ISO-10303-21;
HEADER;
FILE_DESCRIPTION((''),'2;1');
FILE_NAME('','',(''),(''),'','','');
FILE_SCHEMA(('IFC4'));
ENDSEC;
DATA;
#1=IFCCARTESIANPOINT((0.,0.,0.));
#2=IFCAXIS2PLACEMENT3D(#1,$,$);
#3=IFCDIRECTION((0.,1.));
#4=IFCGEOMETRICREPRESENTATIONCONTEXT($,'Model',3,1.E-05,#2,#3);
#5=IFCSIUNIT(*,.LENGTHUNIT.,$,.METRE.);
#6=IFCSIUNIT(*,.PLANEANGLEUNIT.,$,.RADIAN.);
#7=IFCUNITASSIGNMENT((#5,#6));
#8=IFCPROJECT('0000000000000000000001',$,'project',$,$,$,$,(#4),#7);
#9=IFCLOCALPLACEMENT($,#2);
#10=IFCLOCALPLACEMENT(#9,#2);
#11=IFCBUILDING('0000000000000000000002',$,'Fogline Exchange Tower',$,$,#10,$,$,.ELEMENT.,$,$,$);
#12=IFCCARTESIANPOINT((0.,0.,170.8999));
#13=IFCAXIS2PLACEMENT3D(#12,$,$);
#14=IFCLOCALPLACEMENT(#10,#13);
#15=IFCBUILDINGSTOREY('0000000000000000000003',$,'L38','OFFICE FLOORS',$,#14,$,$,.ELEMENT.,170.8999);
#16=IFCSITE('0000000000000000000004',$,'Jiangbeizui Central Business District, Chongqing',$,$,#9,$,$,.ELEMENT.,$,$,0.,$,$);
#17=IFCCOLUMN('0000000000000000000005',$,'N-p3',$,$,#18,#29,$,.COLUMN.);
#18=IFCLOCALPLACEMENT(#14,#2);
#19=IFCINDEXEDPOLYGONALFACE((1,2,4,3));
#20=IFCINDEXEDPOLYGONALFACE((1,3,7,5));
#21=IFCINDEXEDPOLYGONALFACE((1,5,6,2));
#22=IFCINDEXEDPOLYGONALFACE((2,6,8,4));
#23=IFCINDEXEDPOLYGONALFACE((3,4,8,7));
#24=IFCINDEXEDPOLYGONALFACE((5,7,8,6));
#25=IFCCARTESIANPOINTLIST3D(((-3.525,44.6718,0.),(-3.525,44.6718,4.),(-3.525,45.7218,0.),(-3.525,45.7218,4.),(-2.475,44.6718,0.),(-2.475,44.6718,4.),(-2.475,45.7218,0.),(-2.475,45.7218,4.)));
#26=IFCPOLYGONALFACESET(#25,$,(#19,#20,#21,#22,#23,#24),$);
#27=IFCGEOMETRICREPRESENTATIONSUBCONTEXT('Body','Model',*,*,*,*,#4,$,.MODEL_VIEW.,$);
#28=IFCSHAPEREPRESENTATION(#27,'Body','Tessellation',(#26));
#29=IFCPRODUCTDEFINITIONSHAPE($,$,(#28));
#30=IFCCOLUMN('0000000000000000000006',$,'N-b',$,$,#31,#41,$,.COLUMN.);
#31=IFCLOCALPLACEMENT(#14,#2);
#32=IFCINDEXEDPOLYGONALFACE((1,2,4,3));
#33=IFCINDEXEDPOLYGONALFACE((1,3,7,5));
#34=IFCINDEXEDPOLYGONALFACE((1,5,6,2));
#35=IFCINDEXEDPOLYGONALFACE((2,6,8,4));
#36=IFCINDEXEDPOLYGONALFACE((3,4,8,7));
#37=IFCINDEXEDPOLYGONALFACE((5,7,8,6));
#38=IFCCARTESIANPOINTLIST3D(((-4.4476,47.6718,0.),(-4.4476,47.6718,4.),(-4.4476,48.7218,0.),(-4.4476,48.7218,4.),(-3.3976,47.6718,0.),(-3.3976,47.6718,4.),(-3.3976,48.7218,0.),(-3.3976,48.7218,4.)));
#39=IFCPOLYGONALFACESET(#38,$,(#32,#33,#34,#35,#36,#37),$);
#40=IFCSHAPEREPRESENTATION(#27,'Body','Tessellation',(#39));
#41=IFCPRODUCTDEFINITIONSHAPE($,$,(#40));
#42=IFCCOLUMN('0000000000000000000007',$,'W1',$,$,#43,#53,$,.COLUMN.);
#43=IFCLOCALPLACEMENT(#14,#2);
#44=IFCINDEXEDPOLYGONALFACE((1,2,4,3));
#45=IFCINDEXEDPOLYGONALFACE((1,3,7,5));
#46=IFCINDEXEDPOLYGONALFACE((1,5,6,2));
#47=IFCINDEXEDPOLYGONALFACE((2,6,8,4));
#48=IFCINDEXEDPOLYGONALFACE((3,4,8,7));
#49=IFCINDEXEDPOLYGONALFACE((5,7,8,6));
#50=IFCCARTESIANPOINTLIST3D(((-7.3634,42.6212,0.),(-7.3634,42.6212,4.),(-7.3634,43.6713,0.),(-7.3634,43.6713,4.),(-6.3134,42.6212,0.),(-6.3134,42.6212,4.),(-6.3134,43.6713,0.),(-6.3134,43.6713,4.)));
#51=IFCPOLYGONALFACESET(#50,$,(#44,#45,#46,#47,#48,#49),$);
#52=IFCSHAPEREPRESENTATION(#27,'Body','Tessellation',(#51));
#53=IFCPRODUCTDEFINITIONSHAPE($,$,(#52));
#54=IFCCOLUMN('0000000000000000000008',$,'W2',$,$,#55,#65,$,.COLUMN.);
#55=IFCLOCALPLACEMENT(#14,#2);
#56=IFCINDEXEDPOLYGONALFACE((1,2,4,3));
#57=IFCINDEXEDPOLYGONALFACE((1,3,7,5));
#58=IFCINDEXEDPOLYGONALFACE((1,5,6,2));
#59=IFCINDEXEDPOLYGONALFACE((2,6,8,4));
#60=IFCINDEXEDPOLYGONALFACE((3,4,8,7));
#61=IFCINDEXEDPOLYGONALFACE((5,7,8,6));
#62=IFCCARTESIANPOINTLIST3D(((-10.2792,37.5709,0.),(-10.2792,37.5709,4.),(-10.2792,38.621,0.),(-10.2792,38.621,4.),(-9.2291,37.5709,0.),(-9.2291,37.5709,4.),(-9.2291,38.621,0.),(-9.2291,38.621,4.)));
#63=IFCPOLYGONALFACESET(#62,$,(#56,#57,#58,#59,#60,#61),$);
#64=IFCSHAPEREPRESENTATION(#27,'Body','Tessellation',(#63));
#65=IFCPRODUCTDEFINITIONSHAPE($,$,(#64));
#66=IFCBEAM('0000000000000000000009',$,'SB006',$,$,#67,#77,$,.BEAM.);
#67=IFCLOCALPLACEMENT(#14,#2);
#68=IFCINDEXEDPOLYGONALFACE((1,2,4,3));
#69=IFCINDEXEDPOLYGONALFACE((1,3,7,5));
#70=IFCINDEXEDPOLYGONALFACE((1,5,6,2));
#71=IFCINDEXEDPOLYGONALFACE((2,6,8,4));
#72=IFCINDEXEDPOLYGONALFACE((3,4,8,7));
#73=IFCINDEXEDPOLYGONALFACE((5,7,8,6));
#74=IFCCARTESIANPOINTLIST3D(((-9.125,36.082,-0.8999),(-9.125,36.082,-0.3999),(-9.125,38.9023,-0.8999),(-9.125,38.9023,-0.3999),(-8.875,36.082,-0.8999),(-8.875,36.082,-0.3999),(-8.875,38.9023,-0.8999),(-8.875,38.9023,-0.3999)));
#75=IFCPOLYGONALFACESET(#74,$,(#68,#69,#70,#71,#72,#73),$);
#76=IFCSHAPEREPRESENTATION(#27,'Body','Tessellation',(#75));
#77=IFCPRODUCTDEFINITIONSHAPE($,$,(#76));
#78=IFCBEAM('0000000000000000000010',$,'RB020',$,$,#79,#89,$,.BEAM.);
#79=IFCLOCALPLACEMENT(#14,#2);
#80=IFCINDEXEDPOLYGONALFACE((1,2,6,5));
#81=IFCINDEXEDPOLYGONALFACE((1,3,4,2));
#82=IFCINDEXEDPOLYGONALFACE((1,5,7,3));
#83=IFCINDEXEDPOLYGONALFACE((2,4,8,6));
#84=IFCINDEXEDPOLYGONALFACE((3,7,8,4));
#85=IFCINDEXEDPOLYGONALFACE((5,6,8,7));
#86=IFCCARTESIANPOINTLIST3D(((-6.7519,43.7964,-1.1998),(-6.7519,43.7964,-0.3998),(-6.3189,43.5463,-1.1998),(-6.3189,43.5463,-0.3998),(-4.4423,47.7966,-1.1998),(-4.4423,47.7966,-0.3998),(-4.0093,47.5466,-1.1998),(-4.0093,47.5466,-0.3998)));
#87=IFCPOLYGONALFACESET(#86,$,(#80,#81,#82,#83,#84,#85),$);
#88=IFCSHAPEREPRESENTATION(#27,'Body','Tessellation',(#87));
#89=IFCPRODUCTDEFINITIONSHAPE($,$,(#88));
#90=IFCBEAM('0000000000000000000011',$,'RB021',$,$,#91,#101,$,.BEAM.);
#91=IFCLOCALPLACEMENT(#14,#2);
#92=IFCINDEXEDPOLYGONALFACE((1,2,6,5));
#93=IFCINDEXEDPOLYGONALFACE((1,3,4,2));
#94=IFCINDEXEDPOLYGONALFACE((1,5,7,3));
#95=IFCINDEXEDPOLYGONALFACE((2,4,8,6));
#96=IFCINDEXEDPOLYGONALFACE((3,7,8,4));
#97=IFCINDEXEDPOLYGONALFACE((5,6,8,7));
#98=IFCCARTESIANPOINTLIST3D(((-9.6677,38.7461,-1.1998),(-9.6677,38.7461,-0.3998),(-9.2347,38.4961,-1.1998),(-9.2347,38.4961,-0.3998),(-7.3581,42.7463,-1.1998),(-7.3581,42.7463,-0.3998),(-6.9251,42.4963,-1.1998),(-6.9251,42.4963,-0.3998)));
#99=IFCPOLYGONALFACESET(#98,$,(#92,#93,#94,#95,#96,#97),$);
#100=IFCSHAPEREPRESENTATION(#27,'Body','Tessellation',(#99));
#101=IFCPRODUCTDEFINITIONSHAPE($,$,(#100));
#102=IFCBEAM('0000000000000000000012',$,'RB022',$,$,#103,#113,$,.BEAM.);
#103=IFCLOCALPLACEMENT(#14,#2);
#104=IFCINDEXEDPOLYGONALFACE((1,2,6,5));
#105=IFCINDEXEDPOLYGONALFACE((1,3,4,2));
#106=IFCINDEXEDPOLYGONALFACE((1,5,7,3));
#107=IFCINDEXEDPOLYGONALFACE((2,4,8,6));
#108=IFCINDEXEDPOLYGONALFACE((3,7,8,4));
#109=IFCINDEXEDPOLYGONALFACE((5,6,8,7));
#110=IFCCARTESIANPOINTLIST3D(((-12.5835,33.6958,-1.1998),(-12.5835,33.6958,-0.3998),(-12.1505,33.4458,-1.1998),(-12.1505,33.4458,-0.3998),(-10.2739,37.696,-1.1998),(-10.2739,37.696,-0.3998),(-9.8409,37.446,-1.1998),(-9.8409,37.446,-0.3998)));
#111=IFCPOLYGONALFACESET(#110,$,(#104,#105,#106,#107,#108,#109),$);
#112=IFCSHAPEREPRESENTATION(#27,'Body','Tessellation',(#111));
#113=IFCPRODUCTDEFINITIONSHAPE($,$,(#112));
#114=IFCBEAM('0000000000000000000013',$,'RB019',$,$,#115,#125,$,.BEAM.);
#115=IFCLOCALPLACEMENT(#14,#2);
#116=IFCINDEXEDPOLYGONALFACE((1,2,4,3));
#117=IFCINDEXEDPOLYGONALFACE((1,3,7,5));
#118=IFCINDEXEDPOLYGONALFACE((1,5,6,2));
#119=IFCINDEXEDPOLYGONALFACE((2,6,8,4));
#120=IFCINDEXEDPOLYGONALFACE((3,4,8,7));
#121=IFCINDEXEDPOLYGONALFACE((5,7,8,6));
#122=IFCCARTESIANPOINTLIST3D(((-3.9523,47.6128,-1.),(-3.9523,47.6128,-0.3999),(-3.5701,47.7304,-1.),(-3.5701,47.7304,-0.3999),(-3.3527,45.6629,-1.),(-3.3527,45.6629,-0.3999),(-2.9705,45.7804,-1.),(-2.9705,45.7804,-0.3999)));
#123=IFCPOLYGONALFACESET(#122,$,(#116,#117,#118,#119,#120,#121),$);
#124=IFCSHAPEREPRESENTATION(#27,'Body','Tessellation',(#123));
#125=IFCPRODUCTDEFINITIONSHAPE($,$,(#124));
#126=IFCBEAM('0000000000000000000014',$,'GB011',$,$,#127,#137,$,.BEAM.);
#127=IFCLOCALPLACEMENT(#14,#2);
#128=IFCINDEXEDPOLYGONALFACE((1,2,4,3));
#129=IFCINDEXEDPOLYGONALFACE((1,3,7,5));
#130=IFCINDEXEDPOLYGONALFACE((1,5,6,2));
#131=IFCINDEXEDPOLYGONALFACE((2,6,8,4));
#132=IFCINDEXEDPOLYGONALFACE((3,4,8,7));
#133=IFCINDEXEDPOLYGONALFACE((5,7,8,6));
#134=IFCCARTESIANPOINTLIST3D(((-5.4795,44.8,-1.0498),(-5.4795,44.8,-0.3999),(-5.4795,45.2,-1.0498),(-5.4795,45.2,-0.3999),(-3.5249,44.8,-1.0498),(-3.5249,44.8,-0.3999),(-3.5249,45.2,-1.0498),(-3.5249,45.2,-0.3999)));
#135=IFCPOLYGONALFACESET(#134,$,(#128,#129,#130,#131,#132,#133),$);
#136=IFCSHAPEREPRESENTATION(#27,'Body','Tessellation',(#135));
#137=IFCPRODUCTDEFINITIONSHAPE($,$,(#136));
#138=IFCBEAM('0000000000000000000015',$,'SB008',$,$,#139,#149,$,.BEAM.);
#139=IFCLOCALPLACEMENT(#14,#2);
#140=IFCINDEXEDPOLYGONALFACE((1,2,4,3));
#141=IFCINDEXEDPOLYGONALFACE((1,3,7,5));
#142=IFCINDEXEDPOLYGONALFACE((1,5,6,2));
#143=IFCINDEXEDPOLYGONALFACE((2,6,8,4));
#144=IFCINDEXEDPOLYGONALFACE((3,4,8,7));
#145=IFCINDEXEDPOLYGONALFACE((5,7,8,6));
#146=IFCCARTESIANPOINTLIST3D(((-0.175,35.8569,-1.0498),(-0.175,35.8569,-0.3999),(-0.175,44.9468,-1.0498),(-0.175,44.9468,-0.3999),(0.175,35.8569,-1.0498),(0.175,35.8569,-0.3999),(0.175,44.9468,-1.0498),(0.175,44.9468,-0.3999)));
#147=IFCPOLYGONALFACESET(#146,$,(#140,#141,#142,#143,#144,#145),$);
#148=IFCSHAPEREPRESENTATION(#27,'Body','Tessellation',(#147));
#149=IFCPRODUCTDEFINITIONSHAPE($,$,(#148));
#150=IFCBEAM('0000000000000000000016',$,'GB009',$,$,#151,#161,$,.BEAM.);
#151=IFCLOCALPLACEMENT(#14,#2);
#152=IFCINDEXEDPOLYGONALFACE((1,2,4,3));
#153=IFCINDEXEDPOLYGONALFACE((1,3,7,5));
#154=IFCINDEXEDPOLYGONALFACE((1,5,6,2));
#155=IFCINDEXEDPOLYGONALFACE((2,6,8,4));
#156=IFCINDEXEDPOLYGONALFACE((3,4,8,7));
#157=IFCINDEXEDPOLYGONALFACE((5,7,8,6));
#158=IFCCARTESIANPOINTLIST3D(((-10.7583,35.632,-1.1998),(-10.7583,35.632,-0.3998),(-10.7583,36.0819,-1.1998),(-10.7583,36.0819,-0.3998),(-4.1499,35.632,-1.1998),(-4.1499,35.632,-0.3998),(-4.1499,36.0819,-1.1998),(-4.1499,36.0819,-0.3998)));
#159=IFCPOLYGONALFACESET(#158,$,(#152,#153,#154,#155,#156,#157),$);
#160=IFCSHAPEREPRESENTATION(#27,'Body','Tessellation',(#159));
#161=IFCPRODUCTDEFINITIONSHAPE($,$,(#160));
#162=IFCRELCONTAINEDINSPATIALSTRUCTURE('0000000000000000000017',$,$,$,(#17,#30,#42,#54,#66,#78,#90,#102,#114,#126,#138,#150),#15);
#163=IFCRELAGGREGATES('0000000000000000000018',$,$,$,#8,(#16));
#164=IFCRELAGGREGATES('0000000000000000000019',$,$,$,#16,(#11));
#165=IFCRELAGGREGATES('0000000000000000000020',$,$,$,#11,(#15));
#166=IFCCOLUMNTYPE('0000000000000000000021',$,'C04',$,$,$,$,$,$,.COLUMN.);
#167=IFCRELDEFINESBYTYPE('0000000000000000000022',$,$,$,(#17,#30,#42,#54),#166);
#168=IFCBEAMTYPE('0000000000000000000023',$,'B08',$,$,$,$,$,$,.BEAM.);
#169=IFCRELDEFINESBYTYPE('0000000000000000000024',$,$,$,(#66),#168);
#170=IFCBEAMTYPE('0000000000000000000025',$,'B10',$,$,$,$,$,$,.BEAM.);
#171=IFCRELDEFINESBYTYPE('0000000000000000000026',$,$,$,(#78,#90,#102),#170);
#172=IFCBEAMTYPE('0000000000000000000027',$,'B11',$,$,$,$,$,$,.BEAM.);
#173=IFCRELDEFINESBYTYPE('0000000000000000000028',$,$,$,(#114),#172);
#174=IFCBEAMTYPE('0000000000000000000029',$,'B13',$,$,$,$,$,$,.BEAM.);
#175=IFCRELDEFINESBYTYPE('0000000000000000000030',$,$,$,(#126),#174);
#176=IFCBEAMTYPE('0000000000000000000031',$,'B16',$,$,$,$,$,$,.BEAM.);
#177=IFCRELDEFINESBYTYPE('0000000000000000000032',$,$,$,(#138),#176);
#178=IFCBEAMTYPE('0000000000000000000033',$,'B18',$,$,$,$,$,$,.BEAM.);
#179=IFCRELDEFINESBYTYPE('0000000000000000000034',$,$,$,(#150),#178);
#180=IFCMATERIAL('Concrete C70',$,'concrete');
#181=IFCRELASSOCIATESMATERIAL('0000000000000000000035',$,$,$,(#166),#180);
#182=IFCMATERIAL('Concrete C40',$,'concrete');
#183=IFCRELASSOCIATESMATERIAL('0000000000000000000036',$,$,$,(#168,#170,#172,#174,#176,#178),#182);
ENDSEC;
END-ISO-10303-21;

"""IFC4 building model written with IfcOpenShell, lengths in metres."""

from ifc_helpers import new_model, si_unit, direction, frame, origin, origin_2d, place, context, subcontext, project, spatial, rectangle, extrude, material, material_profile, profile_set, type_object, element, save


model = new_model("IFC4")

# Units and contexts
model_context = context("Model", 3, precision=1e-05, world=origin(), true_north=direction((0.0, 1.0)))
body_context = subcontext(model_context, "Body", "Model", "MODEL_VIEW")
ifc_project = project(units=[si_unit("LENGTHUNIT", "METRE"), si_unit("PLANEANGLEUNIT", "RADIAN")], contexts=[model_context])

# Site, building, storey
site_placement = place(None, origin())
site = spatial("IfcSite", under=ifc_project, at=site_placement, Name="Jiangbeizui Central Business District, Chongqing", CompositionType="ELEMENT", RefElevation=0.0)
building_placement = place(site_placement, origin())
building = spatial("IfcBuilding", under=site, at=building_placement, Name="Fogline Exchange Tower", CompositionType="ELEMENT")
storey_placement = place(building_placement, frame((0.0, 0.0, 170.8999)))
storey = spatial("IfcBuildingStorey", under=building, at=storey_placement, Name="L38", Description="OFFICE FLOORS", CompositionType="ELEMENT", Elevation=170.8999)

# Columns
ifc_material_1 = material(Name="Concrete C70", Category="concrete")
ifc_material_profile_1 = material_profile(ifc_material_1, rectangle(XDim=1.05, YDim=1.05, at=origin_2d()), Name="RC 1050x1050")
ifc_profile_set_1 = profile_set([ifc_material_profile_1], Name="Concrete C70")
column_type = type_object("IfcColumnType", Name="C04", PredefinedType="COLUMN", material=ifc_profile_set_1)
for number, where, z_axis, x_axis, name in (
    (1, (-3.0, 45.1968, 0.0), (0.0, 0.0, 1.0), (1.0, 0.0, 0.0), "N-p3"),
    (2, (-3.9226, 48.1968, 0.0), (0.0, 0.0, 1.0), (1.0, 0.0, 0.0), "N-b"),
    (3, (-6.8384, 43.1462, 0.0), (0.0, 0.0, 1.0), (1.0, 0.0, 0.0), "W1"),
    (4, (-9.7542, 38.0959, 0.0), (0.0, 0.0, 1.0), (1.0, 0.0, 0.0), "W2"),
):
    element("IfcColumn", number, at=place(storey_placement, frame(where, z_axis=z_axis, x_axis=x_axis)), inside=storey, type_object=column_type, Name=name, PredefinedType="COLUMN", context=body_context, shape_type="SweptSolid", body=[
        extrude(rectangle(XDim=1.05, YDim=1.05, at=origin_2d()), origin(), (0.0, 0.0, 1.0), 4.0),
    ])

# Beams
ifc_material_2 = material(Name="Concrete C40", Category="concrete")
ifc_material_profile_2 = material_profile(ifc_material_2, rectangle(XDim=0.25, YDim=0.5, at=origin_2d()), Name="RC 250x500")
ifc_profile_set_2 = profile_set([ifc_material_profile_2], Name="Concrete C40")
beam_type_1 = type_object("IfcBeamType", Name="B08", PredefinedType="BEAM", material=ifc_profile_set_2)
beam_1_placement = place(storey_placement, frame((-9.0, 36.082, -0.6499), z_axis=(0.0, 1.0, 0.0), x_axis=(-1.0, 0.0, 0.0)))
element("IfcBeam", 5, at=beam_1_placement, inside=storey, type_object=beam_type_1, Name="SB006", PredefinedType="BEAM", context=body_context, shape_type="SweptSolid", body=[
    extrude(rectangle(XDim=0.25, YDim=0.5, at=origin_2d()), origin(), (0.0, 0.0, 1.0), 2.8203),
])
ifc_material_profile_3 = material_profile(ifc_material_2, rectangle(XDim=0.5, YDim=0.8, at=origin_2d()), Name="RC 500x800")
ifc_profile_set_3 = profile_set([ifc_material_profile_3], Name="Concrete C40")
beam_type_2 = type_object("IfcBeamType", Name="B10", PredefinedType="BEAM", material=ifc_profile_set_3)
for number, where, z_axis, x_axis, name in (
    (6, (-4.2258, 47.6716, -0.7998), (-0.500005, -0.866023, 0.0), (0.866023, -0.500005, 0.0), "RB020"),
    (7, (-7.1416, 42.6213, -0.7998), (-0.500005, -0.866023, 0.0), (0.866023, -0.500005, 0.0), "RB021"),
    (8, (-10.0574, 37.571, -0.7998), (-0.500005, -0.866023, 0.0), (0.866023, -0.500005, 0.0), "RB022"),
):
    element("IfcBeam", number, at=place(storey_placement, frame(where, z_axis=z_axis, x_axis=x_axis)), inside=storey, type_object=beam_type_2, Name=name, PredefinedType="BEAM", context=body_context, shape_type="SweptSolid", body=[
        extrude(rectangle(XDim=0.5, YDim=0.8, at=origin_2d()), origin(), (0.0, 0.0, 1.0), 4.6191),
    ])
ifc_material_profile_4 = material_profile(ifc_material_2, rectangle(XDim=0.3999, YDim=0.6001, at=origin_2d()), Name="RC 400x600")
ifc_profile_set_4 = profile_set([ifc_material_profile_4], Name="Concrete C40")
beam_type_3 = type_object("IfcBeamType", Name="B11", PredefinedType="BEAM", material=ifc_profile_set_4)
beam_2_placement = place(storey_placement, frame((-3.1616, 45.7217, -0.7), z_axis=(-0.293918, 0.955831, 0.0), x_axis=(-0.955831, -0.293918, 0.0)))
element("IfcBeam", 9, at=beam_2_placement, inside=storey, type_object=beam_type_3, Name="RB019", PredefinedType="BEAM", context=body_context, shape_type="SweptSolid", body=[
    extrude(rectangle(XDim=0.3999, YDim=0.6001, at=origin_2d()), origin(), (0.0, 0.0, 1.0), 2.04),
])
ifc_material_profile_5 = material_profile(ifc_material_2, rectangle(XDim=0.3999, YDim=0.6499, at=origin_2d()), Name="RC 400x650")
ifc_profile_set_5 = profile_set([ifc_material_profile_5], Name="Concrete C40")
beam_type_4 = type_object("IfcBeamType", Name="B13", PredefinedType="BEAM", material=ifc_profile_set_5)
beam_3_placement = place(storey_placement, frame((-5.4795, 45.0, -0.7249), z_axis=(1.0, 0.0, 0.0), x_axis=(0.0, 1.0, 0.0)))
element("IfcBeam", 10, at=beam_3_placement, inside=storey, type_object=beam_type_4, Name="GB011", PredefinedType="BEAM", context=body_context, shape_type="SweptSolid", body=[
    extrude(rectangle(XDim=0.3999, YDim=0.6499, at=origin_2d()), origin(), (0.0, 0.0, 1.0), 1.9546),
])
ifc_material_profile_6 = material_profile(ifc_material_2, rectangle(XDim=0.3501, YDim=0.6499, at=origin_2d()), Name="RC 350x650")
ifc_profile_set_6 = profile_set([ifc_material_profile_6], Name="Concrete C40")
beam_type_5 = type_object("IfcBeamType", Name="B16", PredefinedType="BEAM", material=ifc_profile_set_6)
beam_4_placement = place(storey_placement, frame((0.0, 35.8569, -0.7249), z_axis=(0.0, 1.0, 0.0), x_axis=(-1.0, 0.0, 0.0)))
element("IfcBeam", 11, at=beam_4_placement, inside=storey, type_object=beam_type_5, Name="SB008", PredefinedType="BEAM", context=body_context, shape_type="SweptSolid", body=[
    extrude(rectangle(XDim=0.3501, YDim=0.6499, at=origin_2d()), origin(), (0.0, 0.0, 1.0), 9.0898),
])
ifc_material_profile_7 = material_profile(ifc_material_2, rectangle(XDim=0.45, YDim=0.8, at=origin_2d()), Name="RC 450x800")
ifc_profile_set_7 = profile_set([ifc_material_profile_7], Name="Concrete C40")
beam_type_6 = type_object("IfcBeamType", Name="B18", PredefinedType="BEAM", material=ifc_profile_set_7)
beam_5_placement = place(storey_placement, frame((-10.7583, 35.8569, -0.7998), z_axis=(1.0, 0.0, 0.0), x_axis=(0.0, 1.0, 0.0)))
element("IfcBeam", 12, at=beam_5_placement, inside=storey, type_object=beam_type_6, Name="GB009", PredefinedType="BEAM", context=body_context, shape_type="SweptSolid", body=[
    extrude(rectangle(XDim=0.45, YDim=0.8, at=origin_2d()), origin(), (0.0, 0.0, 1.0), 6.6084),
])

save(model, "model.ifc")
